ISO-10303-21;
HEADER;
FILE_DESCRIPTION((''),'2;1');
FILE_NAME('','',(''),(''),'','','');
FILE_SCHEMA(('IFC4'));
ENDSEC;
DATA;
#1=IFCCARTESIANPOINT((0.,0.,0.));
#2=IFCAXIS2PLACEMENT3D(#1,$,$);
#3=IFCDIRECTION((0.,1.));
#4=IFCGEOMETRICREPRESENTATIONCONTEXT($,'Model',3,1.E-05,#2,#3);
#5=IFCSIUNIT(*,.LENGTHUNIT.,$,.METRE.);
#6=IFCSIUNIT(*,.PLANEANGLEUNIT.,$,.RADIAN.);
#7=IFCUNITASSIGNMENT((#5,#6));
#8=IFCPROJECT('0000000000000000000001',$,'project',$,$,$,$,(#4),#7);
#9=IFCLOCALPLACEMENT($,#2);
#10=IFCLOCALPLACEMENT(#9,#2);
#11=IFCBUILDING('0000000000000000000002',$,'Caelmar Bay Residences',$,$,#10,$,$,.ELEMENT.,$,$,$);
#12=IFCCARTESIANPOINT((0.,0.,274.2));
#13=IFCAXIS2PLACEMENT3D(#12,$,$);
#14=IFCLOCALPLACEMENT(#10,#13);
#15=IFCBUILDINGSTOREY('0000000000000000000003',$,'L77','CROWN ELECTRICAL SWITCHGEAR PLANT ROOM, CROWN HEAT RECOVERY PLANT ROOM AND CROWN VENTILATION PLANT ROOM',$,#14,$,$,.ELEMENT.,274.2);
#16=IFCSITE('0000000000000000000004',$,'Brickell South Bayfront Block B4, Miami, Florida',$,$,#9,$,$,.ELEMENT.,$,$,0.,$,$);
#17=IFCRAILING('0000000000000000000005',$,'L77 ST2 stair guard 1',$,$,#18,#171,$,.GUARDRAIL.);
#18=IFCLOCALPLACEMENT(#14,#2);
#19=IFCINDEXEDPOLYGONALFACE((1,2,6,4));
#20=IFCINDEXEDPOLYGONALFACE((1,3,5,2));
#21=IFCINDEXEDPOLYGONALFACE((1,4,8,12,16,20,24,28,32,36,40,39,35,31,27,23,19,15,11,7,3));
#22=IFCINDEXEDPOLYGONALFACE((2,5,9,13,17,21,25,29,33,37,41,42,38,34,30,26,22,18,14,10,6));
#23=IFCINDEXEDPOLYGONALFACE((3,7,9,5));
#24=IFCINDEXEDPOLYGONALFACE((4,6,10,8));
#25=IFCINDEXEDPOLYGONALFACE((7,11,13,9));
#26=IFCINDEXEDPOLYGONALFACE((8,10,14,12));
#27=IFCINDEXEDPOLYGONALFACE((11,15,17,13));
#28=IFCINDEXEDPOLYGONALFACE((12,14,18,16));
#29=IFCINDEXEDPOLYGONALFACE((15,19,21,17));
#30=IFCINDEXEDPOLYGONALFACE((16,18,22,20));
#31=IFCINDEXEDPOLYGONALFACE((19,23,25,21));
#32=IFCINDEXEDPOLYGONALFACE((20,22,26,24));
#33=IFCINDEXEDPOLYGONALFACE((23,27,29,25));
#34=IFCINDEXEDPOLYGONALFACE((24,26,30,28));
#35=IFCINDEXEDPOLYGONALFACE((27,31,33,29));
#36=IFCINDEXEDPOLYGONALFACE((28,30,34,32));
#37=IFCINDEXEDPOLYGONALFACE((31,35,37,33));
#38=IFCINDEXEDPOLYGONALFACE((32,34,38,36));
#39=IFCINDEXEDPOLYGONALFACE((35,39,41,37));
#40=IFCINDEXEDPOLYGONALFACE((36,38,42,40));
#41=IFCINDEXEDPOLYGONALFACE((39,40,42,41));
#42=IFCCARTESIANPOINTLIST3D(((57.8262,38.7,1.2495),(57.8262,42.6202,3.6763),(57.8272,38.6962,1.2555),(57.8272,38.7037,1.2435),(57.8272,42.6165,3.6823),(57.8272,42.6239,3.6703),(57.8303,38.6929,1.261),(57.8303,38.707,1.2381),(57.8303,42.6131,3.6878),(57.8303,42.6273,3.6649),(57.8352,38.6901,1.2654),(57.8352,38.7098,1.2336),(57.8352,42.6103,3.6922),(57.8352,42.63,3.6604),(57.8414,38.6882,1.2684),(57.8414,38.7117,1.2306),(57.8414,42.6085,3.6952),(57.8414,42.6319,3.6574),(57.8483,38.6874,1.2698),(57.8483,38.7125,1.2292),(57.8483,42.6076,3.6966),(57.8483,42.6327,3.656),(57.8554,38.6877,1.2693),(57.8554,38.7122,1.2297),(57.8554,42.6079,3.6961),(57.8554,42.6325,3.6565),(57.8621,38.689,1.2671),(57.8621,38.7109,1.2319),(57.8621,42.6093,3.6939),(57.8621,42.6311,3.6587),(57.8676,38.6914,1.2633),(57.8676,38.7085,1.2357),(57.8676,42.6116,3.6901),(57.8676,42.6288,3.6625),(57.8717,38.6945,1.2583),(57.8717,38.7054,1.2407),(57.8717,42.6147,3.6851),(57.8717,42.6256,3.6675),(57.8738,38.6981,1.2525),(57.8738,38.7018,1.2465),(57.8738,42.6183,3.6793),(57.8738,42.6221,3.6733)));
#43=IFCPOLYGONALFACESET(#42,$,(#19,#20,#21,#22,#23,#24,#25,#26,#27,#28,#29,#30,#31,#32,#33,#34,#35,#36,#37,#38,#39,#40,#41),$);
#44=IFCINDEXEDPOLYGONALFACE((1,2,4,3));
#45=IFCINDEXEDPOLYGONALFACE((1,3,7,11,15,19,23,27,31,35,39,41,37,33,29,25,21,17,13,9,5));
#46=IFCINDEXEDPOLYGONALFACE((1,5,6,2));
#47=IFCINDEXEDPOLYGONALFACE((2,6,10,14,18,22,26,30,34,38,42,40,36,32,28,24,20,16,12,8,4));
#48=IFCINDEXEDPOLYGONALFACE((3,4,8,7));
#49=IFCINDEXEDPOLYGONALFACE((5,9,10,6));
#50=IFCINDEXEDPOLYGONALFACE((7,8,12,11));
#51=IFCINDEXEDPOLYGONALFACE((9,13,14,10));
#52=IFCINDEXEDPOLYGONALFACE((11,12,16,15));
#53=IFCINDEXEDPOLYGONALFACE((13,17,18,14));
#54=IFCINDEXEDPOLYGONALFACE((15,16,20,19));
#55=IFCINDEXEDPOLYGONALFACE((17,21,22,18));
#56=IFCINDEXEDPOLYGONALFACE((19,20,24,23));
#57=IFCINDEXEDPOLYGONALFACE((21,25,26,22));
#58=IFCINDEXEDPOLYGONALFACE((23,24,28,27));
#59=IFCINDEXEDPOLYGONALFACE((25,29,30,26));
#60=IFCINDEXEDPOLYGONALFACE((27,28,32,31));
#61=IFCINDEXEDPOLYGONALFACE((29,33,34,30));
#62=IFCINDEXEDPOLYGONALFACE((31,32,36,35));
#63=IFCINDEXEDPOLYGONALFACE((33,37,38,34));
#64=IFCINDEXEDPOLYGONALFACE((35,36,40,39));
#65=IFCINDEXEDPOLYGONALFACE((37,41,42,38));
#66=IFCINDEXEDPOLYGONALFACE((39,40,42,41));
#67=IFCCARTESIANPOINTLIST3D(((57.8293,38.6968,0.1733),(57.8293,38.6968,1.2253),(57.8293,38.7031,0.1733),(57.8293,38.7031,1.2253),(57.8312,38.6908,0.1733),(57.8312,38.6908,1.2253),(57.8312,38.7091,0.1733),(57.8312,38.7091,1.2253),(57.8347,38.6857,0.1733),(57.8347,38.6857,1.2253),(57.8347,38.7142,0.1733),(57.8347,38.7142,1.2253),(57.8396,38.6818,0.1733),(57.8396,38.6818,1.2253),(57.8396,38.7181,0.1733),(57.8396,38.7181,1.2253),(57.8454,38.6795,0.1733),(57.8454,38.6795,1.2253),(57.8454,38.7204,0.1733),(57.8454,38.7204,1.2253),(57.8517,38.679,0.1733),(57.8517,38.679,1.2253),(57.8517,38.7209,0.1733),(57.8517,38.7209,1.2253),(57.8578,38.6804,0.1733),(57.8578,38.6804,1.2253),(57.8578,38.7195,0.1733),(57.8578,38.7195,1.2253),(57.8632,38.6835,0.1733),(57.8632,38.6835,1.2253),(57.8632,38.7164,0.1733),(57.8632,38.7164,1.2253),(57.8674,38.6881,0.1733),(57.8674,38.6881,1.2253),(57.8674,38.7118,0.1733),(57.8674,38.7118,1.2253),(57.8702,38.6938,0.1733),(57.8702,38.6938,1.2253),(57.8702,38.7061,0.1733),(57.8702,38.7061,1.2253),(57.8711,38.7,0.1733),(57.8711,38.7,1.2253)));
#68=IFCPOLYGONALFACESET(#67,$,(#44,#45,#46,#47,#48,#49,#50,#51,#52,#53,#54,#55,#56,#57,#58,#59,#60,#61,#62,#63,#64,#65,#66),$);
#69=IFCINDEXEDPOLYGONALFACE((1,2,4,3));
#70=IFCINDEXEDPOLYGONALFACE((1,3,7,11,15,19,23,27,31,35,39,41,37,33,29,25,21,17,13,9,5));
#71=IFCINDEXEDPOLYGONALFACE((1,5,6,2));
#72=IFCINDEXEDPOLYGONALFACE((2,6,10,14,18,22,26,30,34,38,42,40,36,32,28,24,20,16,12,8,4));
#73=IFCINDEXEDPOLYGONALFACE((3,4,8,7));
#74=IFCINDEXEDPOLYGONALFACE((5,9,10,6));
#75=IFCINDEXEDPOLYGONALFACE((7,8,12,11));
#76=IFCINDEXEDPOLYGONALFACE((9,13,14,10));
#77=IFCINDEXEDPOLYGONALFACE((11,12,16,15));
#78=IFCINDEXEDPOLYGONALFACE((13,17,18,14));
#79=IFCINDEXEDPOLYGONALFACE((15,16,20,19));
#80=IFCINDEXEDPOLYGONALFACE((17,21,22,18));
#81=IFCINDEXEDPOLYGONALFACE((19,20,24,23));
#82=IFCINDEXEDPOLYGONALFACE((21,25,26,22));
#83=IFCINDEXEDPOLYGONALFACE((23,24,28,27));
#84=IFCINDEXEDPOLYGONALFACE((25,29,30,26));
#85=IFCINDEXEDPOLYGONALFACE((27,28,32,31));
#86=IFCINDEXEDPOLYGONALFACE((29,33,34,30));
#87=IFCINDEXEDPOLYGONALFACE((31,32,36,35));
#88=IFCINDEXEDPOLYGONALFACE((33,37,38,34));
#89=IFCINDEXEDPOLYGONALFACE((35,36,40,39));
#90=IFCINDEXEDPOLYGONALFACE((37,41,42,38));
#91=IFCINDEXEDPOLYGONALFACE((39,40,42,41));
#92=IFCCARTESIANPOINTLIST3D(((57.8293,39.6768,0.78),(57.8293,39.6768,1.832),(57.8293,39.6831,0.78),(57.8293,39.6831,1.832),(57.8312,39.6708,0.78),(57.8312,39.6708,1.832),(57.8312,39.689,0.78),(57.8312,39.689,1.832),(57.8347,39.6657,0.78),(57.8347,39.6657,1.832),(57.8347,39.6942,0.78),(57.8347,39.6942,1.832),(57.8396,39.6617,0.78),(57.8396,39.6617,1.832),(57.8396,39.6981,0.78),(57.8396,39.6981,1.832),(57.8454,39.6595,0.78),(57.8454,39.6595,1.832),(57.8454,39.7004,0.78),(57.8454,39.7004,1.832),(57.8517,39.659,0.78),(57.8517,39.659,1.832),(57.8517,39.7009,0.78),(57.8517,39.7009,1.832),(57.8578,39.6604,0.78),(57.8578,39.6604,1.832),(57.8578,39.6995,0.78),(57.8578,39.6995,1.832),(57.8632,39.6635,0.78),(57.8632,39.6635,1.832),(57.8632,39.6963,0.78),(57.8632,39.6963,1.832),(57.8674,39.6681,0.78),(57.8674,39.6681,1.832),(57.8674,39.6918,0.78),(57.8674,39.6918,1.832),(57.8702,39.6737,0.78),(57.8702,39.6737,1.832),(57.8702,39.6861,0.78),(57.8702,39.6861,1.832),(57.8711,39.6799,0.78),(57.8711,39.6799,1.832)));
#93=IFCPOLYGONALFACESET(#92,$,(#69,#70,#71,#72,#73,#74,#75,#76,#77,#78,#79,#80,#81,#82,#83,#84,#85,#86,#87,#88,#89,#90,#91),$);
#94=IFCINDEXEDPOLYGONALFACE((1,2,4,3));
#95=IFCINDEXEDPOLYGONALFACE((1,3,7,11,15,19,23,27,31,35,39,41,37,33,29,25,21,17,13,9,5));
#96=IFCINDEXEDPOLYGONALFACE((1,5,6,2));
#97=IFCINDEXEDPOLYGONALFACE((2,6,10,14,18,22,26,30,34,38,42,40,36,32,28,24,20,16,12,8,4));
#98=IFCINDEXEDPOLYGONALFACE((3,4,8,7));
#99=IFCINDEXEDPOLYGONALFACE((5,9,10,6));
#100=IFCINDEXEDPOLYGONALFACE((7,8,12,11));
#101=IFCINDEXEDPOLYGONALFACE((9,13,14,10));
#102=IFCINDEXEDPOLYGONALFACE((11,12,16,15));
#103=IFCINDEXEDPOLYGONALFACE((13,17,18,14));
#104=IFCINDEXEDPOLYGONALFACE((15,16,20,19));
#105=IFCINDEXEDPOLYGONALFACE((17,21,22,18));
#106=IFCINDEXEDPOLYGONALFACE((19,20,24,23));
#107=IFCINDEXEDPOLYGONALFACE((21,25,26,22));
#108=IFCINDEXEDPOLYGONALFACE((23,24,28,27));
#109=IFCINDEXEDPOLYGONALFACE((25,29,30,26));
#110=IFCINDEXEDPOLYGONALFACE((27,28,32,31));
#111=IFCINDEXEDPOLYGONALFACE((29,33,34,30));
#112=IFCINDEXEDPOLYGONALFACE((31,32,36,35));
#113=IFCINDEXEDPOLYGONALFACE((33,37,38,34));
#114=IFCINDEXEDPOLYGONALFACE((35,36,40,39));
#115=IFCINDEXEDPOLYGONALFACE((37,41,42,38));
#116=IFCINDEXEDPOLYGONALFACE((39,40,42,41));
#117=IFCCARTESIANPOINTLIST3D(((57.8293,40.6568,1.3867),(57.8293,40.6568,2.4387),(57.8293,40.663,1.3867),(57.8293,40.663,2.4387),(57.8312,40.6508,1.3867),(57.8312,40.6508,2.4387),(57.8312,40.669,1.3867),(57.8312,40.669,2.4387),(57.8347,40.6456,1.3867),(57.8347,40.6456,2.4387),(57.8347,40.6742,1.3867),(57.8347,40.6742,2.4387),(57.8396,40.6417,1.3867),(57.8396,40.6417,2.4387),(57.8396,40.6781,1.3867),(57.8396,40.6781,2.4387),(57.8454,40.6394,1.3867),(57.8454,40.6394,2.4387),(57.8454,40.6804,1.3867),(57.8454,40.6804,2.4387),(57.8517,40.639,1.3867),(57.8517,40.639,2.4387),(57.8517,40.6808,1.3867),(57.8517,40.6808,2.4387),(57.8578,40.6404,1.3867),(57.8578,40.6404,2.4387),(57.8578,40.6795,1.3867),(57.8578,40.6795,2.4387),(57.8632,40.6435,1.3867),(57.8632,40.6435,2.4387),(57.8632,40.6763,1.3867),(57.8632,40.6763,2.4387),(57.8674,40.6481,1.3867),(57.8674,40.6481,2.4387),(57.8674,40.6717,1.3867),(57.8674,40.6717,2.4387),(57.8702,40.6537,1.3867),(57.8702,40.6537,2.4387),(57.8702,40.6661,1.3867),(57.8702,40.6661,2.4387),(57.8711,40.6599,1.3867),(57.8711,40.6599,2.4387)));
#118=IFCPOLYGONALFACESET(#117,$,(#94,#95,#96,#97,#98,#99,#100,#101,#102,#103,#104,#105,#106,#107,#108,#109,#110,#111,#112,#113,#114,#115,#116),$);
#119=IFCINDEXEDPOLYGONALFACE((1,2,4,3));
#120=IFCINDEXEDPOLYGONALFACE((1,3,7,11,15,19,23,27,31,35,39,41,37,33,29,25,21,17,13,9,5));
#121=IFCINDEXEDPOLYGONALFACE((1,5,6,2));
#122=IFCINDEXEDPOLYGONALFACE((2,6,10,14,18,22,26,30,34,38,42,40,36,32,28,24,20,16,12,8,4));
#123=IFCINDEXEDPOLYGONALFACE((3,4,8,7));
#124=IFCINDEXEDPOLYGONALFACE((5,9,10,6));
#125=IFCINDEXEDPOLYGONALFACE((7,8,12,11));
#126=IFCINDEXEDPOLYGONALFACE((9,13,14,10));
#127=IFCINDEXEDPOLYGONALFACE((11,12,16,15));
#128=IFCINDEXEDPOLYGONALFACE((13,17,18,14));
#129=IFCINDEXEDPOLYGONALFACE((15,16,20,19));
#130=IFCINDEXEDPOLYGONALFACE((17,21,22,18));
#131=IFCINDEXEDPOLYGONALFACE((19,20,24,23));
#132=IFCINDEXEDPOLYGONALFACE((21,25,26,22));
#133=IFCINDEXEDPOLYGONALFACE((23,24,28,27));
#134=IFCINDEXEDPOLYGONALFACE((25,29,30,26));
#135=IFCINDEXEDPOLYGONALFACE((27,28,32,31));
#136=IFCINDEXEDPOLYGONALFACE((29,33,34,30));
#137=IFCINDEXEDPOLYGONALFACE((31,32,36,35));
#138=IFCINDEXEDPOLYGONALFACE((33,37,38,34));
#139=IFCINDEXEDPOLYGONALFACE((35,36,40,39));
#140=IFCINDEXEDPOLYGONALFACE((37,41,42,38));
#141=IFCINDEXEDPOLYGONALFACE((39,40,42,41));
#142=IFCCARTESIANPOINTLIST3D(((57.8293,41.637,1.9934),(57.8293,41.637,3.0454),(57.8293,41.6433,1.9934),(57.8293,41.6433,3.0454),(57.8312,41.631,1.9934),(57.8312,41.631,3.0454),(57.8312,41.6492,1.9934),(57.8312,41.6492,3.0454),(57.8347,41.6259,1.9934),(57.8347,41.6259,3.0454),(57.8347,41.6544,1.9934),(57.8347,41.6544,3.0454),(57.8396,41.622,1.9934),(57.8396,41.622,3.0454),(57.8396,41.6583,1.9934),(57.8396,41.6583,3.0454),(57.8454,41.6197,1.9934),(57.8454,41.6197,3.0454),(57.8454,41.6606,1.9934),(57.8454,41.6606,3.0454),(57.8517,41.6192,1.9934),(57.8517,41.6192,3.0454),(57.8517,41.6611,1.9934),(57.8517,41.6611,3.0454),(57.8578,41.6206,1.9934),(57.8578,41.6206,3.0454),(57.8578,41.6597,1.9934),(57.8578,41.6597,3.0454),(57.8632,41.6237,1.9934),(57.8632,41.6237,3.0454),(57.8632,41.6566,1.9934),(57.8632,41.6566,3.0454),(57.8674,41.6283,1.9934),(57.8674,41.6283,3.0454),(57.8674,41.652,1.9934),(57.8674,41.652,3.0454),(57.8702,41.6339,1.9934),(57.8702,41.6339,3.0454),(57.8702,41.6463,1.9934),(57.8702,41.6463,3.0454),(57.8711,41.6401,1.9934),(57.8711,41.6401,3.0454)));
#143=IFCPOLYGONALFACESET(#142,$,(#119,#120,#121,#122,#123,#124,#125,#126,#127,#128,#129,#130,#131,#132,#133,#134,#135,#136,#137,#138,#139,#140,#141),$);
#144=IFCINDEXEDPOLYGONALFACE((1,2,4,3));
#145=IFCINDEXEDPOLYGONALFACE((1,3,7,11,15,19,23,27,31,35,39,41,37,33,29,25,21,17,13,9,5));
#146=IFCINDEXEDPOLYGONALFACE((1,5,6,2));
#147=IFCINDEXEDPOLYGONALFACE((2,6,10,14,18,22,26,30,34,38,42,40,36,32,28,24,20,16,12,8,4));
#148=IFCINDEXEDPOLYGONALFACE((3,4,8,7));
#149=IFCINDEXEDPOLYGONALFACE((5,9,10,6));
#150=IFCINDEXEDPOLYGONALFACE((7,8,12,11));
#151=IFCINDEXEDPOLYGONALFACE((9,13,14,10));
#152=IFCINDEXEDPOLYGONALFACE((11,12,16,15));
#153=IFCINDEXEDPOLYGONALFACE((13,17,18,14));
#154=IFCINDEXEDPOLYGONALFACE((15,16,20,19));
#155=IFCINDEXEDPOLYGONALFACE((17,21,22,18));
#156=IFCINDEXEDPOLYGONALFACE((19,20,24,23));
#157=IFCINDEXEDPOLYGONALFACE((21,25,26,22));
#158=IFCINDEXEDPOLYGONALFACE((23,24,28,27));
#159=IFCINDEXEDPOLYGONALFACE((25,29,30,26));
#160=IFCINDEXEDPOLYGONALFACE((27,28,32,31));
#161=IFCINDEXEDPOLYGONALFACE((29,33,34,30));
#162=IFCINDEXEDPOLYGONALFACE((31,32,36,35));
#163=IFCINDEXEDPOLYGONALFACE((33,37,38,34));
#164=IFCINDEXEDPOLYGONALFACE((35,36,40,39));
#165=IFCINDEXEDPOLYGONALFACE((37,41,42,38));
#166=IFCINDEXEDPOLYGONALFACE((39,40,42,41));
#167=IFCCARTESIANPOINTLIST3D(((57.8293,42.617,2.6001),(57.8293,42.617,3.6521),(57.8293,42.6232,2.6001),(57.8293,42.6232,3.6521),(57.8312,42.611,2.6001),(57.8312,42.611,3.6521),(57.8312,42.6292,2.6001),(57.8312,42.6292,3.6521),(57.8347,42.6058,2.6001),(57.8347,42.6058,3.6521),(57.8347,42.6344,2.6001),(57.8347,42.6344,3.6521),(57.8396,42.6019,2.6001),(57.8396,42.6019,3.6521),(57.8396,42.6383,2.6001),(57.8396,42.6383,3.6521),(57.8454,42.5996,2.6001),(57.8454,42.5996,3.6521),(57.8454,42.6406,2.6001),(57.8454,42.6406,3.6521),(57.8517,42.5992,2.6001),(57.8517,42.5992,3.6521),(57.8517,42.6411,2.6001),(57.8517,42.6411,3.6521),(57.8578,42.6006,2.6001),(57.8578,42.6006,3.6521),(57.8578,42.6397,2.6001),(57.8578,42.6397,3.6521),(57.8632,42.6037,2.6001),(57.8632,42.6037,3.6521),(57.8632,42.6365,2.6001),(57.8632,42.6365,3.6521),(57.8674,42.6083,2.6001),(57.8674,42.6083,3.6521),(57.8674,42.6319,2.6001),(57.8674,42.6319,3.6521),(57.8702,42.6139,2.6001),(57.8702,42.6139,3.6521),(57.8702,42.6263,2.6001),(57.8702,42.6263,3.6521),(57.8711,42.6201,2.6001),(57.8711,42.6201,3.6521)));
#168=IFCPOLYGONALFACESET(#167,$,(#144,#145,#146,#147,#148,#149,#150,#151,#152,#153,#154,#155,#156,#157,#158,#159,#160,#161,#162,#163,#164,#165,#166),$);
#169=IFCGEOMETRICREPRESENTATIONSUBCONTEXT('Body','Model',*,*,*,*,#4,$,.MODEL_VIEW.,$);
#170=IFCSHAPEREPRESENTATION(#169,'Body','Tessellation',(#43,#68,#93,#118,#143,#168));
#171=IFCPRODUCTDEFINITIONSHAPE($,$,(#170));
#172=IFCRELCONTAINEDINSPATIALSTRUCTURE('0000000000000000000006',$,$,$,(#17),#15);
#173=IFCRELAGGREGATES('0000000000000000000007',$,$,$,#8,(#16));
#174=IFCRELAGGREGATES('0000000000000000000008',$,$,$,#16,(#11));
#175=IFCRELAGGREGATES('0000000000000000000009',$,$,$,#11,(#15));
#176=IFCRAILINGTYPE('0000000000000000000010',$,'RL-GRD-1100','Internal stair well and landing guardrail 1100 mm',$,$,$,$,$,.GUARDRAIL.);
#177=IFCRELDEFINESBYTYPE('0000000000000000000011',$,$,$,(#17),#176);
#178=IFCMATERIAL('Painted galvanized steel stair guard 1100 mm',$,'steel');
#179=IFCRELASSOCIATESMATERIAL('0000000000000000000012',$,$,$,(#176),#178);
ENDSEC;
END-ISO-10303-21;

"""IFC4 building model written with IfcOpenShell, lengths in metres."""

from ifc_helpers import new_model, si_unit, direction, frame, origin, origin_2d, place, context, subcontext, project, spatial, circle, extrude, material, type_object, element, save


model = new_model("IFC4")

# Units and contexts
model_context = context("Model", 3, precision=1e-05, world=origin(), true_north=direction((0.0, 1.0)))
body_context = subcontext(model_context, "Body", "Model", "MODEL_VIEW")
ifc_project = project(units=[si_unit("LENGTHUNIT", "METRE"), si_unit("PLANEANGLEUNIT", "RADIAN")], contexts=[model_context])

# Site, building, storey
site_placement = place(None, origin())
site = spatial("IfcSite", under=ifc_project, at=site_placement, Name="Brickell South Bayfront Block B4, Miami, Florida", CompositionType="ELEMENT", RefElevation=0.0)
building_placement = place(site_placement, origin())
building = spatial("IfcBuilding", under=site, at=building_placement, Name="Caelmar Bay Residences", CompositionType="ELEMENT")
storey_placement = place(building_placement, frame((0.0, 0.0, 274.2)))
storey = spatial("IfcBuildingStorey", under=building, at=storey_placement, Name="L77", Description="CROWN ELECTRICAL SWITCHGEAR PLANT ROOM, CROWN HEAT RECOVERY PLANT ROOM AND CROWN VENTILATION PLANT ROOM", CompositionType="ELEMENT", Elevation=274.2)

# Railing
ifc_material_1 = material(Name="Painted galvanized steel stair guard 1100 mm", Category="steel")
railing_type_1 = type_object("IfcRailingType", Name="RL-GRD-1100", Description="Internal stair well and landing guardrail 1100 mm", PredefinedType="GUARDRAIL", material=ifc_material_1)
railing_1_placement = place(storey_placement, frame((57.8501, 38.7, 0.1733)))
element("IfcRailing", 1, at=railing_1_placement, inside=storey, type_object=railing_type_1, Name="L77 ST2 stair guard 1", PredefinedType="GUARDRAIL", context=body_context, shape_type="SweptSolid", body=[
    extrude(circle(Radius=0.0239, at=origin_2d()), frame((0.0, 0.0, 1.0762), z_axis=(0.0, 0.850266, 0.526353), x_axis=(-1.0, 0.0, 0.0)), (0.0, 0.0, 1.0), 4.6106),
    extrude(circle(Radius=0.021, at=origin_2d()), origin(), (0.0, 0.0, 1.0), 1.052),
    extrude(circle(Radius=0.021, at=origin_2d()), frame((0.0, 0.98, 0.6067)), (0.0, 0.0, 1.0), 1.052),
    extrude(circle(Radius=0.021, at=origin_2d()), frame((0.0, 1.96, 1.2134)), (0.0, 0.0, 1.0), 1.052),
    extrude(circle(Radius=0.021, at=origin_2d()), frame((0.0, 2.9402, 1.8201)), (0.0, 0.0, 1.0), 1.052),
    extrude(circle(Radius=0.021, at=origin_2d()), frame((0.0, 3.9202, 2.4268)), (0.0, 0.0, 1.0), 1.052),
])

save(model, "model.ifc")
